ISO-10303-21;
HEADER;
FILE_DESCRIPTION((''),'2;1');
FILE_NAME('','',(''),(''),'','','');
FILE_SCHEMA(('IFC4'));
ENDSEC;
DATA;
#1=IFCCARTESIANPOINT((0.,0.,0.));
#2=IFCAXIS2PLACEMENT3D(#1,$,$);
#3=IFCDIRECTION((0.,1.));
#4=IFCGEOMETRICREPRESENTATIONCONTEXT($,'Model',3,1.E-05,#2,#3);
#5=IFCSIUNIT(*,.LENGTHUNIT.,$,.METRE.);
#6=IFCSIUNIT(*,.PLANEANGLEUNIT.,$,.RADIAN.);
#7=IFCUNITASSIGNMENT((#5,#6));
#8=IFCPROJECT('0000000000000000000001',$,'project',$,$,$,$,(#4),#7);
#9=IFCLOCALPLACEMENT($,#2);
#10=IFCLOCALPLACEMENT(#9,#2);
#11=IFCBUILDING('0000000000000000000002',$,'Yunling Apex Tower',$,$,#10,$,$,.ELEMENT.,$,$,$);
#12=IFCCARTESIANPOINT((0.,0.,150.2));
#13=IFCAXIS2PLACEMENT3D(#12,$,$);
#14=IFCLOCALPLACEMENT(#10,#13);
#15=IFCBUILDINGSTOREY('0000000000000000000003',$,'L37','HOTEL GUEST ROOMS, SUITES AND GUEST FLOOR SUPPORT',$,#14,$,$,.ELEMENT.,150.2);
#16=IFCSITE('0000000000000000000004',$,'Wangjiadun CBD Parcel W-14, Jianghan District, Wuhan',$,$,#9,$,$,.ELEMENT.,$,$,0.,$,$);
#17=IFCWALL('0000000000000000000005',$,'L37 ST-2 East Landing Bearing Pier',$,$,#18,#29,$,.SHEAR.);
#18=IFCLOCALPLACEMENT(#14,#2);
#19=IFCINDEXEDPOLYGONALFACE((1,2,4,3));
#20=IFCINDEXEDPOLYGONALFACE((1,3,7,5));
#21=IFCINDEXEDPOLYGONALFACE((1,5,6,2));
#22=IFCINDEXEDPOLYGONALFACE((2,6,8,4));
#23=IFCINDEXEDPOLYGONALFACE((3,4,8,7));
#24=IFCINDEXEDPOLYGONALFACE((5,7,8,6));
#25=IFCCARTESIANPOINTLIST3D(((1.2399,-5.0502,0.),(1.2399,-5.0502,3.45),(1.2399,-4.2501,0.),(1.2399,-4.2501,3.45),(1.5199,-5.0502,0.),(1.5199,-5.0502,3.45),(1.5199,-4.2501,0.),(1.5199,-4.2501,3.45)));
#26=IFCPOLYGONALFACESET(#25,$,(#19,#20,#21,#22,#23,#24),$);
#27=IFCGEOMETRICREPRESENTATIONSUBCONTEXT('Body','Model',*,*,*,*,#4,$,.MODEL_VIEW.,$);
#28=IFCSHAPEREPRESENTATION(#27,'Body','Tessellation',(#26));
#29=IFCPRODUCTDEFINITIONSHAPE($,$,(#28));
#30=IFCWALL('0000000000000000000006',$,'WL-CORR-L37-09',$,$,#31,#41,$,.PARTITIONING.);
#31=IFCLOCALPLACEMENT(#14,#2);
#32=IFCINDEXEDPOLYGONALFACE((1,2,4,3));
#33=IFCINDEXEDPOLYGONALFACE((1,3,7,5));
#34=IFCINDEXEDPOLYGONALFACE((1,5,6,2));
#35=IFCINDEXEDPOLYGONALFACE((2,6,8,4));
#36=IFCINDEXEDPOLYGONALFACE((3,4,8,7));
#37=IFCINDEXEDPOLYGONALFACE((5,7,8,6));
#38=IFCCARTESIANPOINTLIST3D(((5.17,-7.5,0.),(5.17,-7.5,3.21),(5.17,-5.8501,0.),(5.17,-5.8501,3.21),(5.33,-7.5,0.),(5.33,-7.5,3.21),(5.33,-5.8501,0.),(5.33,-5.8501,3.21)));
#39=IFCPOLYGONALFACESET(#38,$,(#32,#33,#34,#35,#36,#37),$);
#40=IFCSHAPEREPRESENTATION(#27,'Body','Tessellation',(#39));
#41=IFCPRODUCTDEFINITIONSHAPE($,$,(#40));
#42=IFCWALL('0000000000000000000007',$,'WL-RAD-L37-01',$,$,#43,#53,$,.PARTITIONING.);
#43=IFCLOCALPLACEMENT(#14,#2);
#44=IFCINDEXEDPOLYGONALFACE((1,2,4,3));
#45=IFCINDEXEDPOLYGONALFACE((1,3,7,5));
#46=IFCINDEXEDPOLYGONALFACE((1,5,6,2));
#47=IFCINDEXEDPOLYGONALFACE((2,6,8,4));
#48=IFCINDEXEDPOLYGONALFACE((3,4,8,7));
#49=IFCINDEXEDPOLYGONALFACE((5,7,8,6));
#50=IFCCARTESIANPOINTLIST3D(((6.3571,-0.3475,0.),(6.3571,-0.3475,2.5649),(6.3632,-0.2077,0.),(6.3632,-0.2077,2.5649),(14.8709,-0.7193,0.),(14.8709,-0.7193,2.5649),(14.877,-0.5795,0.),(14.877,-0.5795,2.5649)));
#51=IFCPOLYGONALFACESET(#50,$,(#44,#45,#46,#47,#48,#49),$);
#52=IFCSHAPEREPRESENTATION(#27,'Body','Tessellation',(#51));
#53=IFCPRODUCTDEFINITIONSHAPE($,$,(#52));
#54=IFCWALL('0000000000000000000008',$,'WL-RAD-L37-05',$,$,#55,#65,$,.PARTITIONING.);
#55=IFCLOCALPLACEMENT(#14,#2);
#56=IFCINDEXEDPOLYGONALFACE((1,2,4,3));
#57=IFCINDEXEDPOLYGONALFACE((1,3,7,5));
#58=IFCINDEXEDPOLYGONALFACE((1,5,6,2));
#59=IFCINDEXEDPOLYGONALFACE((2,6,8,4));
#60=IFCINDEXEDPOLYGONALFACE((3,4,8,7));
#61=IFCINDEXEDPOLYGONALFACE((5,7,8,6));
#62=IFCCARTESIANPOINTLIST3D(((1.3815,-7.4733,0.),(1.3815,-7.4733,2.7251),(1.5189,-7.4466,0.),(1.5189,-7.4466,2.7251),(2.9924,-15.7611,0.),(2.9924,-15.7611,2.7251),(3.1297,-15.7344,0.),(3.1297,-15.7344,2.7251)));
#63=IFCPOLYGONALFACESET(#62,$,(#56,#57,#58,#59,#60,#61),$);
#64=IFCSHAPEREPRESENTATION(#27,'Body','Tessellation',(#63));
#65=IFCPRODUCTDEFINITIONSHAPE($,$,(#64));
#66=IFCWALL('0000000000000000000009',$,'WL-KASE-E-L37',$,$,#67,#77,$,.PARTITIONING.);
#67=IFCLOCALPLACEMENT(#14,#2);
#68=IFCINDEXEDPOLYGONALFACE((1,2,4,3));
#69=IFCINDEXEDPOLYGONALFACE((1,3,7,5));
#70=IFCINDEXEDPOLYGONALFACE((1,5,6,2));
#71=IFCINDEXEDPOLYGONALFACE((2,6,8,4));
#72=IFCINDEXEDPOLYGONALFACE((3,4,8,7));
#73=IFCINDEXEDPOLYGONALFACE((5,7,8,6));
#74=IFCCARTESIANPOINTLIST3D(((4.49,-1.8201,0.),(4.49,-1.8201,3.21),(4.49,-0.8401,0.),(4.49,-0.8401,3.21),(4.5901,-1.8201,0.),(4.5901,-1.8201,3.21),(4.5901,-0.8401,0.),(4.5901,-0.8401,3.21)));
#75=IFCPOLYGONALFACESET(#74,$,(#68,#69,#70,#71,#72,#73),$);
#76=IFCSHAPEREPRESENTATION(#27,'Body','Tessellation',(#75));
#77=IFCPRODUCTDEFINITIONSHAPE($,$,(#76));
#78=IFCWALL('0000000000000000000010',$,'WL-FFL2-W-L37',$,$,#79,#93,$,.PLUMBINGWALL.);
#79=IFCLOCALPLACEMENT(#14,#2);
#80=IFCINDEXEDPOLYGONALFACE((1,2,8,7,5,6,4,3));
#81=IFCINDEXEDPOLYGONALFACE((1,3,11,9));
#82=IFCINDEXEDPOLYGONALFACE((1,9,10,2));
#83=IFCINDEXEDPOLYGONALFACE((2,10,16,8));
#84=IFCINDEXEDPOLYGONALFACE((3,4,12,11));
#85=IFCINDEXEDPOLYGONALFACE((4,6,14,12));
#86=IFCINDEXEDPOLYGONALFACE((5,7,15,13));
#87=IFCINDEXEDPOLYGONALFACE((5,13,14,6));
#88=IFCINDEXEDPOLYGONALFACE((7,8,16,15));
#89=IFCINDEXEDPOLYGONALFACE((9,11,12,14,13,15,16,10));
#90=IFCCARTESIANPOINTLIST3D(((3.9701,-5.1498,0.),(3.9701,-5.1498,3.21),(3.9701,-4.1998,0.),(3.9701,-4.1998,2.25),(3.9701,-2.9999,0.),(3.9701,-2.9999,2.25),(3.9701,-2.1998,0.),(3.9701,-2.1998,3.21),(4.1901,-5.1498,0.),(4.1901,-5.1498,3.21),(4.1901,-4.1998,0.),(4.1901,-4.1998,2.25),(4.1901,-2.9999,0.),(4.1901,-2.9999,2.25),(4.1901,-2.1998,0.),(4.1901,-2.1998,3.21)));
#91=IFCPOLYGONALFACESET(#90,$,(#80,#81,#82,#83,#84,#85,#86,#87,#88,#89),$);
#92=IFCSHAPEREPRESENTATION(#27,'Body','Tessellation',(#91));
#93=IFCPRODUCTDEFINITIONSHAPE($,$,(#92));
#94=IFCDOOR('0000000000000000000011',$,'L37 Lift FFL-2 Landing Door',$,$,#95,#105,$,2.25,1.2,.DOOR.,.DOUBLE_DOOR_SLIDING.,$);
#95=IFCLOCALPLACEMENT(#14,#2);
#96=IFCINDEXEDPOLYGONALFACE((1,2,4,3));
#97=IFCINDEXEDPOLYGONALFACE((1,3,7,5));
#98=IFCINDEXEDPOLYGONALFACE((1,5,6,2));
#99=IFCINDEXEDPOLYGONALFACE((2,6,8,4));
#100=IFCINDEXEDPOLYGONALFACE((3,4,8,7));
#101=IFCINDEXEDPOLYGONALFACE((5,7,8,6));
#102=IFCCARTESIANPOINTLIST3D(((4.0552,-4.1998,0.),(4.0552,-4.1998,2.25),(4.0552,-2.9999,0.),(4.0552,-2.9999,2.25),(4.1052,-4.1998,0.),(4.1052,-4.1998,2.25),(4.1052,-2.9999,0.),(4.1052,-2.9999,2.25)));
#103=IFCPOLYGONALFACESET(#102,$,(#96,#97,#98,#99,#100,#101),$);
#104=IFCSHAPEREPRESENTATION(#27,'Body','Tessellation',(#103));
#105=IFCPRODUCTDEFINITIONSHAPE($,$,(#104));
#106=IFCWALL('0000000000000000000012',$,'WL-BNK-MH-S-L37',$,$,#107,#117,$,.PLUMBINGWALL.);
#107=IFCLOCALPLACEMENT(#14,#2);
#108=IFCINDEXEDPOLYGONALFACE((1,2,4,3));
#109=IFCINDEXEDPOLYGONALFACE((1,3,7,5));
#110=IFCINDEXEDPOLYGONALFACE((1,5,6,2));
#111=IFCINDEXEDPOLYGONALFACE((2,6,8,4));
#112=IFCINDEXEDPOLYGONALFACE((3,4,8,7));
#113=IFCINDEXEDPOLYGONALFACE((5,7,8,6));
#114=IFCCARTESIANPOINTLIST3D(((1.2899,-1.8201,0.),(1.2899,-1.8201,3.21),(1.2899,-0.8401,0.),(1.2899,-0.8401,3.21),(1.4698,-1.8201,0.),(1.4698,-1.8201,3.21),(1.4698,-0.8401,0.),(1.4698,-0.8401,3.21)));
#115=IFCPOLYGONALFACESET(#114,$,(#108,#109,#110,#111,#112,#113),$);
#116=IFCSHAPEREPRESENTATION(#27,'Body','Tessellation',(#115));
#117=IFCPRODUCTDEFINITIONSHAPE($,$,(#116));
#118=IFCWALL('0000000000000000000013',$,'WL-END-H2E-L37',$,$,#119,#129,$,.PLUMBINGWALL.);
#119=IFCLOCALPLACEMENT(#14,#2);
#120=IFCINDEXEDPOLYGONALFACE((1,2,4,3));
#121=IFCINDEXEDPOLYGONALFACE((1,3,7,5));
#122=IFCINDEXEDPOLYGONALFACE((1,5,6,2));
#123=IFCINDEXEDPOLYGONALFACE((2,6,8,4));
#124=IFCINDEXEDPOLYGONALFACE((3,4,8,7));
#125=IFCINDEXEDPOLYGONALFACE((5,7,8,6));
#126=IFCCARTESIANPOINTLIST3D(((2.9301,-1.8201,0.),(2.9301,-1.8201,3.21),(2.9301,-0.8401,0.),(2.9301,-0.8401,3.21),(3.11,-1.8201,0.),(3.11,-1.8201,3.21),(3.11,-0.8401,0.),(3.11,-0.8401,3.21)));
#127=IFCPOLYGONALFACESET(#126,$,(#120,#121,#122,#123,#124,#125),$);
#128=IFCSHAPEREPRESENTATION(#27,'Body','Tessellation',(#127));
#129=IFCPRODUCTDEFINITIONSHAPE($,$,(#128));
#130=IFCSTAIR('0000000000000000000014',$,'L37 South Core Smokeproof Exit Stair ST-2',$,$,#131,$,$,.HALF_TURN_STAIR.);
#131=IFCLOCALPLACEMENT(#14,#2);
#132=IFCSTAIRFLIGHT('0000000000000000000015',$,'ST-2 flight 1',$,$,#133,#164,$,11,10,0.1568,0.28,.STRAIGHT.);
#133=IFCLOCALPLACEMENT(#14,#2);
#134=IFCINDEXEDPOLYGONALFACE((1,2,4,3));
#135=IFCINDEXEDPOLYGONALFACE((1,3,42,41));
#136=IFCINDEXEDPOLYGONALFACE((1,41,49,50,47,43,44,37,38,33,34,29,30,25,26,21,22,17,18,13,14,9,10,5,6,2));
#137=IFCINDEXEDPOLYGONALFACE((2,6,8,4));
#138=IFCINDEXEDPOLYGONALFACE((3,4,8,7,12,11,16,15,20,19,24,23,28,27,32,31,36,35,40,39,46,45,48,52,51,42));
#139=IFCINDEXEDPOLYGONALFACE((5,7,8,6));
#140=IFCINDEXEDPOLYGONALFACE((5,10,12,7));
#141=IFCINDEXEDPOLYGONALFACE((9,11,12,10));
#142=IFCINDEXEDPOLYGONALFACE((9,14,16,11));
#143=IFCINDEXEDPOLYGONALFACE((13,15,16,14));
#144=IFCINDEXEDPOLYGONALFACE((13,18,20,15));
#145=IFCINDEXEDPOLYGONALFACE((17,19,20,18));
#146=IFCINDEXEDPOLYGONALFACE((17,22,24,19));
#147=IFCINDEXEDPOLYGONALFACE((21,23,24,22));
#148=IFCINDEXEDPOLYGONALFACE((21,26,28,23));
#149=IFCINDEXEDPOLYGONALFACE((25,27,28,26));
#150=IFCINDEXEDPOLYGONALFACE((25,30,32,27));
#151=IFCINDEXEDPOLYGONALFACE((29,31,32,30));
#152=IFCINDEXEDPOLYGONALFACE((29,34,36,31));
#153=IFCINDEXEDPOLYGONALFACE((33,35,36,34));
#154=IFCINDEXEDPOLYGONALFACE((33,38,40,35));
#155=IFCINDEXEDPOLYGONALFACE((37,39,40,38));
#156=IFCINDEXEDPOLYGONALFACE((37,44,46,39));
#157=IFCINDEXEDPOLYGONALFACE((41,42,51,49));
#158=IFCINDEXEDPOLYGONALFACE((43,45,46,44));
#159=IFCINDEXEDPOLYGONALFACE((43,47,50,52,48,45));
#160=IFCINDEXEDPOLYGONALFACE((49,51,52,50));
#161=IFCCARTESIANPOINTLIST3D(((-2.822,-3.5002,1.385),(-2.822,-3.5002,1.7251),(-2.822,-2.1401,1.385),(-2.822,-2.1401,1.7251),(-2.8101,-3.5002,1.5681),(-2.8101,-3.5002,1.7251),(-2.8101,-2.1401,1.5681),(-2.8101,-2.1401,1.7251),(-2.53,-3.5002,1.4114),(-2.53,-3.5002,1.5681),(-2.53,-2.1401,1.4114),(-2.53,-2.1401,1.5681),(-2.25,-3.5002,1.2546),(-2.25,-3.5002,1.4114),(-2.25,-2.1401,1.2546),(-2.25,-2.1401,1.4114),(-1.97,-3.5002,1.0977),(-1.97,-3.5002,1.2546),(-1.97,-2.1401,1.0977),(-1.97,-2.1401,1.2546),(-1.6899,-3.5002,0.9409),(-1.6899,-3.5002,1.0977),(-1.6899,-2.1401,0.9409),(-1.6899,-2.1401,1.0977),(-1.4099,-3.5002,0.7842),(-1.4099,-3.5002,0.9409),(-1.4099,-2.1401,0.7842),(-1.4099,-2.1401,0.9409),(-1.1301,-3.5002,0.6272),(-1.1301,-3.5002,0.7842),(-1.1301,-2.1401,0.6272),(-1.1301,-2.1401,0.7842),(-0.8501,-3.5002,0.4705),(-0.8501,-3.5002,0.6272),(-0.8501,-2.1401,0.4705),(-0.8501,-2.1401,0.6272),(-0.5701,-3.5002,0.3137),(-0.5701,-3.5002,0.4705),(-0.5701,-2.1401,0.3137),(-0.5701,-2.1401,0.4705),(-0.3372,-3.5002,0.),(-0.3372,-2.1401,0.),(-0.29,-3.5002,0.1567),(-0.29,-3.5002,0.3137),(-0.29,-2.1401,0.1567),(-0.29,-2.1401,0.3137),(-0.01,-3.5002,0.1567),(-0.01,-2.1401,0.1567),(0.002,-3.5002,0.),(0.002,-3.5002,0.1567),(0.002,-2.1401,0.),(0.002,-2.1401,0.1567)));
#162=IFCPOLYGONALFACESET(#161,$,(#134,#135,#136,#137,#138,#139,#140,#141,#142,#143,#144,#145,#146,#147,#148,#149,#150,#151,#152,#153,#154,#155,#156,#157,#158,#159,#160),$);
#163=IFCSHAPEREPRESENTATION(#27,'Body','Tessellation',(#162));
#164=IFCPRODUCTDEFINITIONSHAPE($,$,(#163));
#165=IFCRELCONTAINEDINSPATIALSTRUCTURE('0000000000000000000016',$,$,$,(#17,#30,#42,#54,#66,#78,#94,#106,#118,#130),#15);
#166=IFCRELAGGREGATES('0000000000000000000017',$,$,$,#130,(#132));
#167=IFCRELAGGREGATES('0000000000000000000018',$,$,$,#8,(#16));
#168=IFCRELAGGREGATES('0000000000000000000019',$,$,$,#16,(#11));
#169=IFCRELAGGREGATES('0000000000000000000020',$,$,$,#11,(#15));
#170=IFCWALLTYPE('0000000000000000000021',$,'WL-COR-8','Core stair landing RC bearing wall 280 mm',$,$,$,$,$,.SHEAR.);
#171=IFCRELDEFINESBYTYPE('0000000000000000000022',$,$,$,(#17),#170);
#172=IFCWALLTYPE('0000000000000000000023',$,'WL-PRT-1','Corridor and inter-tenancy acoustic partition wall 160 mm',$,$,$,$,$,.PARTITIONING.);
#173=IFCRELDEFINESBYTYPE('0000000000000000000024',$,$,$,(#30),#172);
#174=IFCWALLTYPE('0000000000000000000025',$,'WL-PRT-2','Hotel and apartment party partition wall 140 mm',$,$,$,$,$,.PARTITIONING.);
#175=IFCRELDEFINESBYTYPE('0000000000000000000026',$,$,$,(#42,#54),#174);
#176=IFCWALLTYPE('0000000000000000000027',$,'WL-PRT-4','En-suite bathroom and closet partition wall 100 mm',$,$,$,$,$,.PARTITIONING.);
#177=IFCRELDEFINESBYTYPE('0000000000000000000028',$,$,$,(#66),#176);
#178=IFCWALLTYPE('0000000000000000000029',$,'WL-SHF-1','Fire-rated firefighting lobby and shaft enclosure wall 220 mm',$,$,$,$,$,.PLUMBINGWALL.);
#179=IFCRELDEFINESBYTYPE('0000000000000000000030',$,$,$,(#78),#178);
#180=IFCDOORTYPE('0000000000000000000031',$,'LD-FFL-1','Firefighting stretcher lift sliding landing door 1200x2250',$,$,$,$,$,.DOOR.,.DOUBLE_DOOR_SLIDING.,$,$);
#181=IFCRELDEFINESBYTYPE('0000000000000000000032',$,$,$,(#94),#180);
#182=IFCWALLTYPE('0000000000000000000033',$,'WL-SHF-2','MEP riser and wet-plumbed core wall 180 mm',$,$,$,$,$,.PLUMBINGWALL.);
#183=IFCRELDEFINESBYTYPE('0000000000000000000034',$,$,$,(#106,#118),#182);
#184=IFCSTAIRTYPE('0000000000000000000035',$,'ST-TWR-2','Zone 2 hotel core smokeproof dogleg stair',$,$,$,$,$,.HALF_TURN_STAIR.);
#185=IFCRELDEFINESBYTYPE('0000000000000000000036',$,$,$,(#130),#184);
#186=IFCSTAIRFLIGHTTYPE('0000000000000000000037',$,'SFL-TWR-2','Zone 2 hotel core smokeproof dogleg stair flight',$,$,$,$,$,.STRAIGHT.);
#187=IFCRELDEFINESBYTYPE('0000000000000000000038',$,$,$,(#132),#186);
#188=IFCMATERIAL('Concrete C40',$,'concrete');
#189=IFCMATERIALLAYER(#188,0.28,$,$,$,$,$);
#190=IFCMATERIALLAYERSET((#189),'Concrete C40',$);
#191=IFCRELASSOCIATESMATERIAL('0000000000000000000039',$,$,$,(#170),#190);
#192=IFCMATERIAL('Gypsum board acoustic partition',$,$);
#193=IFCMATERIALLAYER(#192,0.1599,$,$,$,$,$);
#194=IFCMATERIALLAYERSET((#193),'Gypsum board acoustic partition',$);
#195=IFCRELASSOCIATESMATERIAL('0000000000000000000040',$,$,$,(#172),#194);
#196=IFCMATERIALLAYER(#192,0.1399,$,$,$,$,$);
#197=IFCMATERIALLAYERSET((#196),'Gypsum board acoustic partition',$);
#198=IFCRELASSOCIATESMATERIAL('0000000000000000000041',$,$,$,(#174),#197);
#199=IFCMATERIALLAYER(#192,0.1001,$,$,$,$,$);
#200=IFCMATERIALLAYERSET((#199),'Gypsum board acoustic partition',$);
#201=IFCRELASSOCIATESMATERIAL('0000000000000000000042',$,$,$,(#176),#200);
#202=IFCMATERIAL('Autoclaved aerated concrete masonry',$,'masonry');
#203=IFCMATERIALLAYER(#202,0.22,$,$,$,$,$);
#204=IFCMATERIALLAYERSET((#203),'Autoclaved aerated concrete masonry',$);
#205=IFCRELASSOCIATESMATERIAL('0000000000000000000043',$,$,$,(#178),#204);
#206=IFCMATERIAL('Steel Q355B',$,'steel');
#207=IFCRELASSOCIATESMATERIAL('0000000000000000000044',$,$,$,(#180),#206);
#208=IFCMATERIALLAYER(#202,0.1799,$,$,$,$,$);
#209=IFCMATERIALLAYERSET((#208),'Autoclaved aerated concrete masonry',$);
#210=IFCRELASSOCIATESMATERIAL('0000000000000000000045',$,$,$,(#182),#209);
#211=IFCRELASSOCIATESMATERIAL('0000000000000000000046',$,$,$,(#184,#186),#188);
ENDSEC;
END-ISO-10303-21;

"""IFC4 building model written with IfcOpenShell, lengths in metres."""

from ifc_helpers import new_model, si_unit, direction, frame, frame_2d, origin, place, context, subcontext, project, spatial, polyline, rectangle, outline, extrude, material, layer, layer_set, type_object, element, fill, aggregate, save


model = new_model("IFC4")

# Units and contexts
model_context = context("Model", 3, precision=1e-05, world=origin(), true_north=direction((0.0, 1.0)))
body_context = subcontext(model_context, "Body", "Model", "MODEL_VIEW")
ifc_project = project(units=[si_unit("LENGTHUNIT", "METRE"), si_unit("PLANEANGLEUNIT", "RADIAN")], contexts=[model_context])

# Site, building, storey
site_placement = place(None, origin())
site = spatial("IfcSite", under=ifc_project, at=site_placement, Name="Wangjiadun CBD Parcel W-14, Jianghan District, Wuhan", CompositionType="ELEMENT", RefElevation=0.0)
building_placement = place(site_placement, origin())
building = spatial("IfcBuilding", under=site, at=building_placement, Name="Yunling Apex Tower", CompositionType="ELEMENT")
storey_placement = place(building_placement, frame((0.0, 0.0, 150.2)))
storey = spatial("IfcBuildingStorey", under=building, at=storey_placement, Name="L37", Description="HOTEL GUEST ROOMS, SUITES AND GUEST FLOOR SUPPORT", CompositionType="ELEMENT", Elevation=150.2)

# Shared definitions
ifc_material_1 = material(Name="Steel Q355B", Category="steel")

# Walls
ifc_material_2 = material(Name="Concrete C40", Category="concrete")
ifc_layer_1 = layer(ifc_material_2, 0.28)
ifc_layer_set_1 = layer_set([ifc_layer_1], Name="Concrete C40")
wall_type_1 = type_object("IfcWallType", Name="WL-COR-8", Description="Core stair landing RC bearing wall 280 mm", PredefinedType="SHEAR", material=ifc_layer_set_1)
wall_1_placement = place(storey_placement, frame((1.3799, -5.05, 0.0), z_axis=(0.0, 0.0, 1.0), x_axis=(0.0, 1.0, 0.0)))
element("IfcWall", 1, at=wall_1_placement, inside=storey, type_object=wall_type_1, Name="L37 ST-2 East Landing Bearing Pier", PredefinedType="SHEAR", context=body_context, shape_type="SweptSolid", body=[
    extrude(rectangle(XDim=0.8, YDim=0.28, at=frame_2d((0.3999, 0.0))), origin(), (0.0, 0.0, 1.0), 3.45),
])
ifc_material_3 = material(Name="Gypsum board acoustic partition")
ifc_layer_2 = layer(ifc_material_3, 0.1599)
ifc_layer_set_2 = layer_set([ifc_layer_2], Name="Gypsum board acoustic partition")
wall_type_2 = type_object("IfcWallType", Name="WL-PRT-1", Description="Corridor and inter-tenancy acoustic partition wall 160 mm", PredefinedType="PARTITIONING", material=ifc_layer_set_2)
wall_2_placement = place(storey_placement, frame((5.25, -5.8501, 0.0), z_axis=(0.0, 0.0, 1.0), x_axis=(0.0, -1.0, 0.0)))
element("IfcWall", 2, at=wall_2_placement, inside=storey, type_object=wall_type_2, Name="WL-CORR-L37-09", PredefinedType="PARTITIONING", context=body_context, shape_type="SweptSolid", body=[
    extrude(rectangle(XDim=1.6499, YDim=0.1599, at=frame_2d((0.825, 0.0))), origin(), (0.0, 0.0, 1.0), 3.21),
])
ifc_layer_3 = layer(ifc_material_3, 0.1399)
ifc_layer_set_3 = layer_set([ifc_layer_3], Name="Gypsum board acoustic partition")
wall_type_3 = type_object("IfcWallType", Name="WL-PRT-2", Description="Hotel and apartment party partition wall 140 mm", PredefinedType="PARTITIONING", material=ifc_layer_set_3)
wall_3_placement = place(storey_placement, frame((6.3601, -0.2776, 0.0), z_axis=(0.0, 0.0, 1.0), x_axis=(0.999048, -0.043631, 0.0)))
element("IfcWall", 3, at=wall_3_placement, inside=storey, type_object=wall_type_3, Name="WL-RAD-L37-01", PredefinedType="PARTITIONING", context=body_context, shape_type="SweptSolid", body=[
    extrude(rectangle(XDim=8.522, YDim=0.1399, at=frame_2d((4.261, 0.0))), origin(), (0.0, 0.0, 1.0), 2.5649),
])
wall_4_placement = place(storey_placement, frame((1.4502, -7.46, 0.0), z_axis=(0.0, 0.0, 1.0), x_axis=(0.190791, -0.981631, 0.0)))
element("IfcWall", 4, at=wall_4_placement, inside=storey, type_object=wall_type_3, Name="WL-RAD-L37-05", PredefinedType="PARTITIONING", context=body_context, shape_type="SweptSolid", body=[
    extrude(rectangle(XDim=8.4429, YDim=0.1399, at=frame_2d((4.2214, 0.0))), origin(), (0.0, 0.0, 1.0), 2.7251),
])
ifc_layer_4 = layer(ifc_material_3, 0.1001)
ifc_layer_set_4 = layer_set([ifc_layer_4], Name="Gypsum board acoustic partition")
wall_type_4 = type_object("IfcWallType", Name="WL-PRT-4", Description="En-suite bathroom and closet partition wall 100 mm", PredefinedType="PARTITIONING", material=ifc_layer_set_4)
wall_5_placement = place(storey_placement, frame((4.54, -1.8201, 0.0), z_axis=(0.0, 0.0, 1.0), x_axis=(0.0, 1.0, 0.0)))
element("IfcWall", 5, at=wall_5_placement, inside=storey, type_object=wall_type_4, Name="WL-KASE-E-L37", PredefinedType="PARTITIONING", context=body_context, shape_type="SweptSolid", body=[
    extrude(rectangle(XDim=0.98, YDim=0.1001, at=frame_2d((0.49, 0.0))), origin(), (0.0, 0.0, 1.0), 3.21),
])

# Wall, opening, door
ifc_material_4 = material(Name="Autoclaved aerated concrete masonry", Category="masonry")
ifc_layer_5 = layer(ifc_material_4, 0.22)
ifc_layer_set_5 = layer_set([ifc_layer_5], Name="Autoclaved aerated concrete masonry")
wall_type_5 = type_object("IfcWallType", Name="WL-SHF-1", Description="Fire-rated firefighting lobby and shaft enclosure wall 220 mm", PredefinedType="PLUMBINGWALL", material=ifc_layer_set_5)
wall_6_placement = place(storey_placement, frame((4.0801, -5.1499, 0.0), z_axis=(0.0, 0.0, 1.0), x_axis=(0.0, 1.0, 0.0)))
wall_6 = element("IfcWall", 6, at=wall_6_placement, inside=storey, type_object=wall_type_5, Name="WL-FFL2-W-L37", PredefinedType="PLUMBINGWALL", context=body_context, shape_type="SweptSolid", body=[
    extrude(rectangle(XDim=2.95, YDim=0.22, at=frame_2d((1.4751, 0.0))), origin(), (0.0, 0.0, 1.0), 3.21),
])
opening_1_placement = place(wall_6_placement, frame((0.95, 0.0, 0.0)))
opening_1 = element("IfcOpeningElement", 7, at=opening_1_placement, cuts=wall_6, PredefinedType="OPENING", context=body_context, shape_type="SweptSolid", body=[
    extrude(rectangle(XDim=1.2, YDim=2.25, at=frame_2d((0.6001, 1.125))), frame((0.0, 0.1201, 0.0), z_axis=(0.0, -1.0, 0.0), x_axis=(1.0, 0.0, 0.0)), (0.0, 0.0, 1.0), 0.24),
])
door_type_1 = type_object("IfcDoorType", Name="LD-FFL-1", Description="Firefighting stretcher lift sliding landing door 1200x2250", OperationType="DOUBLE_DOOR_SLIDING", PredefinedType="DOOR", material=ifc_material_1)
door_1_placement = place(opening_1_placement, origin())
door_1 = element("IfcDoor", 8, at=door_1_placement, inside=storey, type_object=door_type_1, Name="L37 Lift FFL-2 Landing Door", OperationType="DOUBLE_DOOR_SLIDING", OverallHeight=2.25, OverallWidth=1.2, PredefinedType="DOOR", context=body_context, shape_type="SweptSolid", body=[
    extrude(rectangle(XDim=1.2, YDim=2.25, at=frame_2d((0.6001, 1.125))), frame((0.0, 0.0249, 0.0), z_axis=(0.0, -1.0, 0.0), x_axis=(1.0, 0.0, 0.0)), (0.0, 0.0, 1.0), 0.05),
])
fill(opening_1, door_1)

# Walls
ifc_layer_6 = layer(ifc_material_4, 0.1799)
ifc_layer_set_6 = layer_set([ifc_layer_6], Name="Autoclaved aerated concrete masonry")
wall_type_6 = type_object("IfcWallType", Name="WL-SHF-2", Description="MEP riser and wet-plumbed core wall 180 mm", PredefinedType="PLUMBINGWALL", material=ifc_layer_set_6)
for number, where, z_axis, x_axis, name in (
    (9, (1.3799, -1.8201, 0.0), (0.0, 0.0, 1.0), (0.0, 1.0, 0.0), "WL-BNK-MH-S-L37"),
    (10, (3.02, -1.8201, 0.0), (0.0, 0.0, 1.0), (0.0, 1.0, 0.0), "WL-END-H2E-L37"),
):
    element("IfcWall", number, at=place(storey_placement, frame(where, z_axis=z_axis, x_axis=x_axis)), inside=storey, type_object=wall_type_6, Name=name, PredefinedType="PLUMBINGWALL", context=body_context, shape_type="SweptSolid", body=[
        extrude(rectangle(XDim=0.98, YDim=0.1799, at=frame_2d((0.49, 0.0))), origin(), (0.0, 0.0, 1.0), 3.21),
    ])

# Stair, stair flight
stair_type = type_object("IfcStairType", Name="ST-TWR-2", Description="Zone 2 hotel core smokeproof dogleg stair", PredefinedType="HALF_TURN_STAIR", material=ifc_material_2)
stair_placement = place(storey_placement, origin())
stair = element("IfcStair", 11, at=stair_placement, inside=storey, type_object=stair_type, Name="L37 South Core Smokeproof Exit Stair ST-2", PredefinedType="HALF_TURN_STAIR")
stair_flight_type = type_object("IfcStairFlightType", Name="SFL-TWR-2", Description="Zone 2 hotel core smokeproof dogleg stair flight", PredefinedType="STRAIGHT", material=ifc_material_2)
stair_flight_placement = place(storey_placement, frame((-0.01, -2.8201, 0.0), z_axis=(0.0, 0.0, 1.0), x_axis=(-1.0, 0.0, 0.0)))
stair_flight = element("IfcStairFlight", 12, at=stair_flight_placement, type_object=stair_flight_type, Name="ST-2 flight 1", NumberOfRisers=11, NumberOfTreads=10, PredefinedType="STRAIGHT", RiserHeight=0.1568, TreadLength=0.28, context=body_context, shape_type="SweptSolid", body=[
    extrude(outline(polyline([(-0.012, 0.0), (-0.012, 0.1567), (0.0, 0.1567), (0.28, 0.1567), (0.28, 0.3137), (0.5601, 0.3137), (0.5601, 0.4705), (0.8401, 0.4705), (0.8401, 0.6272), (1.1201, 0.6272), (1.1201, 0.7842), (1.3999, 0.7842), (1.3999, 0.9409), (1.6799, 0.9409), (1.6799, 1.0977), (1.96, 1.0977), (1.96, 1.2546), (2.24, 1.2546), (2.24, 1.4114), (2.52, 1.4114), (2.52, 1.5681), (2.8, 1.5681), (2.8, 1.7251), (2.812, 1.7251), (2.812, 1.385), (0.3271, 0.0), (-0.012, 0.0)])), frame((0.0, 0.6802, 0.0), z_axis=(0.0, -1.0, 0.0), x_axis=(1.0, 0.0, 0.0)), (0.0, 0.0, 1.0), 1.3601),
])
aggregate(stair, [stair_flight])

save(model, "model.ifc")
